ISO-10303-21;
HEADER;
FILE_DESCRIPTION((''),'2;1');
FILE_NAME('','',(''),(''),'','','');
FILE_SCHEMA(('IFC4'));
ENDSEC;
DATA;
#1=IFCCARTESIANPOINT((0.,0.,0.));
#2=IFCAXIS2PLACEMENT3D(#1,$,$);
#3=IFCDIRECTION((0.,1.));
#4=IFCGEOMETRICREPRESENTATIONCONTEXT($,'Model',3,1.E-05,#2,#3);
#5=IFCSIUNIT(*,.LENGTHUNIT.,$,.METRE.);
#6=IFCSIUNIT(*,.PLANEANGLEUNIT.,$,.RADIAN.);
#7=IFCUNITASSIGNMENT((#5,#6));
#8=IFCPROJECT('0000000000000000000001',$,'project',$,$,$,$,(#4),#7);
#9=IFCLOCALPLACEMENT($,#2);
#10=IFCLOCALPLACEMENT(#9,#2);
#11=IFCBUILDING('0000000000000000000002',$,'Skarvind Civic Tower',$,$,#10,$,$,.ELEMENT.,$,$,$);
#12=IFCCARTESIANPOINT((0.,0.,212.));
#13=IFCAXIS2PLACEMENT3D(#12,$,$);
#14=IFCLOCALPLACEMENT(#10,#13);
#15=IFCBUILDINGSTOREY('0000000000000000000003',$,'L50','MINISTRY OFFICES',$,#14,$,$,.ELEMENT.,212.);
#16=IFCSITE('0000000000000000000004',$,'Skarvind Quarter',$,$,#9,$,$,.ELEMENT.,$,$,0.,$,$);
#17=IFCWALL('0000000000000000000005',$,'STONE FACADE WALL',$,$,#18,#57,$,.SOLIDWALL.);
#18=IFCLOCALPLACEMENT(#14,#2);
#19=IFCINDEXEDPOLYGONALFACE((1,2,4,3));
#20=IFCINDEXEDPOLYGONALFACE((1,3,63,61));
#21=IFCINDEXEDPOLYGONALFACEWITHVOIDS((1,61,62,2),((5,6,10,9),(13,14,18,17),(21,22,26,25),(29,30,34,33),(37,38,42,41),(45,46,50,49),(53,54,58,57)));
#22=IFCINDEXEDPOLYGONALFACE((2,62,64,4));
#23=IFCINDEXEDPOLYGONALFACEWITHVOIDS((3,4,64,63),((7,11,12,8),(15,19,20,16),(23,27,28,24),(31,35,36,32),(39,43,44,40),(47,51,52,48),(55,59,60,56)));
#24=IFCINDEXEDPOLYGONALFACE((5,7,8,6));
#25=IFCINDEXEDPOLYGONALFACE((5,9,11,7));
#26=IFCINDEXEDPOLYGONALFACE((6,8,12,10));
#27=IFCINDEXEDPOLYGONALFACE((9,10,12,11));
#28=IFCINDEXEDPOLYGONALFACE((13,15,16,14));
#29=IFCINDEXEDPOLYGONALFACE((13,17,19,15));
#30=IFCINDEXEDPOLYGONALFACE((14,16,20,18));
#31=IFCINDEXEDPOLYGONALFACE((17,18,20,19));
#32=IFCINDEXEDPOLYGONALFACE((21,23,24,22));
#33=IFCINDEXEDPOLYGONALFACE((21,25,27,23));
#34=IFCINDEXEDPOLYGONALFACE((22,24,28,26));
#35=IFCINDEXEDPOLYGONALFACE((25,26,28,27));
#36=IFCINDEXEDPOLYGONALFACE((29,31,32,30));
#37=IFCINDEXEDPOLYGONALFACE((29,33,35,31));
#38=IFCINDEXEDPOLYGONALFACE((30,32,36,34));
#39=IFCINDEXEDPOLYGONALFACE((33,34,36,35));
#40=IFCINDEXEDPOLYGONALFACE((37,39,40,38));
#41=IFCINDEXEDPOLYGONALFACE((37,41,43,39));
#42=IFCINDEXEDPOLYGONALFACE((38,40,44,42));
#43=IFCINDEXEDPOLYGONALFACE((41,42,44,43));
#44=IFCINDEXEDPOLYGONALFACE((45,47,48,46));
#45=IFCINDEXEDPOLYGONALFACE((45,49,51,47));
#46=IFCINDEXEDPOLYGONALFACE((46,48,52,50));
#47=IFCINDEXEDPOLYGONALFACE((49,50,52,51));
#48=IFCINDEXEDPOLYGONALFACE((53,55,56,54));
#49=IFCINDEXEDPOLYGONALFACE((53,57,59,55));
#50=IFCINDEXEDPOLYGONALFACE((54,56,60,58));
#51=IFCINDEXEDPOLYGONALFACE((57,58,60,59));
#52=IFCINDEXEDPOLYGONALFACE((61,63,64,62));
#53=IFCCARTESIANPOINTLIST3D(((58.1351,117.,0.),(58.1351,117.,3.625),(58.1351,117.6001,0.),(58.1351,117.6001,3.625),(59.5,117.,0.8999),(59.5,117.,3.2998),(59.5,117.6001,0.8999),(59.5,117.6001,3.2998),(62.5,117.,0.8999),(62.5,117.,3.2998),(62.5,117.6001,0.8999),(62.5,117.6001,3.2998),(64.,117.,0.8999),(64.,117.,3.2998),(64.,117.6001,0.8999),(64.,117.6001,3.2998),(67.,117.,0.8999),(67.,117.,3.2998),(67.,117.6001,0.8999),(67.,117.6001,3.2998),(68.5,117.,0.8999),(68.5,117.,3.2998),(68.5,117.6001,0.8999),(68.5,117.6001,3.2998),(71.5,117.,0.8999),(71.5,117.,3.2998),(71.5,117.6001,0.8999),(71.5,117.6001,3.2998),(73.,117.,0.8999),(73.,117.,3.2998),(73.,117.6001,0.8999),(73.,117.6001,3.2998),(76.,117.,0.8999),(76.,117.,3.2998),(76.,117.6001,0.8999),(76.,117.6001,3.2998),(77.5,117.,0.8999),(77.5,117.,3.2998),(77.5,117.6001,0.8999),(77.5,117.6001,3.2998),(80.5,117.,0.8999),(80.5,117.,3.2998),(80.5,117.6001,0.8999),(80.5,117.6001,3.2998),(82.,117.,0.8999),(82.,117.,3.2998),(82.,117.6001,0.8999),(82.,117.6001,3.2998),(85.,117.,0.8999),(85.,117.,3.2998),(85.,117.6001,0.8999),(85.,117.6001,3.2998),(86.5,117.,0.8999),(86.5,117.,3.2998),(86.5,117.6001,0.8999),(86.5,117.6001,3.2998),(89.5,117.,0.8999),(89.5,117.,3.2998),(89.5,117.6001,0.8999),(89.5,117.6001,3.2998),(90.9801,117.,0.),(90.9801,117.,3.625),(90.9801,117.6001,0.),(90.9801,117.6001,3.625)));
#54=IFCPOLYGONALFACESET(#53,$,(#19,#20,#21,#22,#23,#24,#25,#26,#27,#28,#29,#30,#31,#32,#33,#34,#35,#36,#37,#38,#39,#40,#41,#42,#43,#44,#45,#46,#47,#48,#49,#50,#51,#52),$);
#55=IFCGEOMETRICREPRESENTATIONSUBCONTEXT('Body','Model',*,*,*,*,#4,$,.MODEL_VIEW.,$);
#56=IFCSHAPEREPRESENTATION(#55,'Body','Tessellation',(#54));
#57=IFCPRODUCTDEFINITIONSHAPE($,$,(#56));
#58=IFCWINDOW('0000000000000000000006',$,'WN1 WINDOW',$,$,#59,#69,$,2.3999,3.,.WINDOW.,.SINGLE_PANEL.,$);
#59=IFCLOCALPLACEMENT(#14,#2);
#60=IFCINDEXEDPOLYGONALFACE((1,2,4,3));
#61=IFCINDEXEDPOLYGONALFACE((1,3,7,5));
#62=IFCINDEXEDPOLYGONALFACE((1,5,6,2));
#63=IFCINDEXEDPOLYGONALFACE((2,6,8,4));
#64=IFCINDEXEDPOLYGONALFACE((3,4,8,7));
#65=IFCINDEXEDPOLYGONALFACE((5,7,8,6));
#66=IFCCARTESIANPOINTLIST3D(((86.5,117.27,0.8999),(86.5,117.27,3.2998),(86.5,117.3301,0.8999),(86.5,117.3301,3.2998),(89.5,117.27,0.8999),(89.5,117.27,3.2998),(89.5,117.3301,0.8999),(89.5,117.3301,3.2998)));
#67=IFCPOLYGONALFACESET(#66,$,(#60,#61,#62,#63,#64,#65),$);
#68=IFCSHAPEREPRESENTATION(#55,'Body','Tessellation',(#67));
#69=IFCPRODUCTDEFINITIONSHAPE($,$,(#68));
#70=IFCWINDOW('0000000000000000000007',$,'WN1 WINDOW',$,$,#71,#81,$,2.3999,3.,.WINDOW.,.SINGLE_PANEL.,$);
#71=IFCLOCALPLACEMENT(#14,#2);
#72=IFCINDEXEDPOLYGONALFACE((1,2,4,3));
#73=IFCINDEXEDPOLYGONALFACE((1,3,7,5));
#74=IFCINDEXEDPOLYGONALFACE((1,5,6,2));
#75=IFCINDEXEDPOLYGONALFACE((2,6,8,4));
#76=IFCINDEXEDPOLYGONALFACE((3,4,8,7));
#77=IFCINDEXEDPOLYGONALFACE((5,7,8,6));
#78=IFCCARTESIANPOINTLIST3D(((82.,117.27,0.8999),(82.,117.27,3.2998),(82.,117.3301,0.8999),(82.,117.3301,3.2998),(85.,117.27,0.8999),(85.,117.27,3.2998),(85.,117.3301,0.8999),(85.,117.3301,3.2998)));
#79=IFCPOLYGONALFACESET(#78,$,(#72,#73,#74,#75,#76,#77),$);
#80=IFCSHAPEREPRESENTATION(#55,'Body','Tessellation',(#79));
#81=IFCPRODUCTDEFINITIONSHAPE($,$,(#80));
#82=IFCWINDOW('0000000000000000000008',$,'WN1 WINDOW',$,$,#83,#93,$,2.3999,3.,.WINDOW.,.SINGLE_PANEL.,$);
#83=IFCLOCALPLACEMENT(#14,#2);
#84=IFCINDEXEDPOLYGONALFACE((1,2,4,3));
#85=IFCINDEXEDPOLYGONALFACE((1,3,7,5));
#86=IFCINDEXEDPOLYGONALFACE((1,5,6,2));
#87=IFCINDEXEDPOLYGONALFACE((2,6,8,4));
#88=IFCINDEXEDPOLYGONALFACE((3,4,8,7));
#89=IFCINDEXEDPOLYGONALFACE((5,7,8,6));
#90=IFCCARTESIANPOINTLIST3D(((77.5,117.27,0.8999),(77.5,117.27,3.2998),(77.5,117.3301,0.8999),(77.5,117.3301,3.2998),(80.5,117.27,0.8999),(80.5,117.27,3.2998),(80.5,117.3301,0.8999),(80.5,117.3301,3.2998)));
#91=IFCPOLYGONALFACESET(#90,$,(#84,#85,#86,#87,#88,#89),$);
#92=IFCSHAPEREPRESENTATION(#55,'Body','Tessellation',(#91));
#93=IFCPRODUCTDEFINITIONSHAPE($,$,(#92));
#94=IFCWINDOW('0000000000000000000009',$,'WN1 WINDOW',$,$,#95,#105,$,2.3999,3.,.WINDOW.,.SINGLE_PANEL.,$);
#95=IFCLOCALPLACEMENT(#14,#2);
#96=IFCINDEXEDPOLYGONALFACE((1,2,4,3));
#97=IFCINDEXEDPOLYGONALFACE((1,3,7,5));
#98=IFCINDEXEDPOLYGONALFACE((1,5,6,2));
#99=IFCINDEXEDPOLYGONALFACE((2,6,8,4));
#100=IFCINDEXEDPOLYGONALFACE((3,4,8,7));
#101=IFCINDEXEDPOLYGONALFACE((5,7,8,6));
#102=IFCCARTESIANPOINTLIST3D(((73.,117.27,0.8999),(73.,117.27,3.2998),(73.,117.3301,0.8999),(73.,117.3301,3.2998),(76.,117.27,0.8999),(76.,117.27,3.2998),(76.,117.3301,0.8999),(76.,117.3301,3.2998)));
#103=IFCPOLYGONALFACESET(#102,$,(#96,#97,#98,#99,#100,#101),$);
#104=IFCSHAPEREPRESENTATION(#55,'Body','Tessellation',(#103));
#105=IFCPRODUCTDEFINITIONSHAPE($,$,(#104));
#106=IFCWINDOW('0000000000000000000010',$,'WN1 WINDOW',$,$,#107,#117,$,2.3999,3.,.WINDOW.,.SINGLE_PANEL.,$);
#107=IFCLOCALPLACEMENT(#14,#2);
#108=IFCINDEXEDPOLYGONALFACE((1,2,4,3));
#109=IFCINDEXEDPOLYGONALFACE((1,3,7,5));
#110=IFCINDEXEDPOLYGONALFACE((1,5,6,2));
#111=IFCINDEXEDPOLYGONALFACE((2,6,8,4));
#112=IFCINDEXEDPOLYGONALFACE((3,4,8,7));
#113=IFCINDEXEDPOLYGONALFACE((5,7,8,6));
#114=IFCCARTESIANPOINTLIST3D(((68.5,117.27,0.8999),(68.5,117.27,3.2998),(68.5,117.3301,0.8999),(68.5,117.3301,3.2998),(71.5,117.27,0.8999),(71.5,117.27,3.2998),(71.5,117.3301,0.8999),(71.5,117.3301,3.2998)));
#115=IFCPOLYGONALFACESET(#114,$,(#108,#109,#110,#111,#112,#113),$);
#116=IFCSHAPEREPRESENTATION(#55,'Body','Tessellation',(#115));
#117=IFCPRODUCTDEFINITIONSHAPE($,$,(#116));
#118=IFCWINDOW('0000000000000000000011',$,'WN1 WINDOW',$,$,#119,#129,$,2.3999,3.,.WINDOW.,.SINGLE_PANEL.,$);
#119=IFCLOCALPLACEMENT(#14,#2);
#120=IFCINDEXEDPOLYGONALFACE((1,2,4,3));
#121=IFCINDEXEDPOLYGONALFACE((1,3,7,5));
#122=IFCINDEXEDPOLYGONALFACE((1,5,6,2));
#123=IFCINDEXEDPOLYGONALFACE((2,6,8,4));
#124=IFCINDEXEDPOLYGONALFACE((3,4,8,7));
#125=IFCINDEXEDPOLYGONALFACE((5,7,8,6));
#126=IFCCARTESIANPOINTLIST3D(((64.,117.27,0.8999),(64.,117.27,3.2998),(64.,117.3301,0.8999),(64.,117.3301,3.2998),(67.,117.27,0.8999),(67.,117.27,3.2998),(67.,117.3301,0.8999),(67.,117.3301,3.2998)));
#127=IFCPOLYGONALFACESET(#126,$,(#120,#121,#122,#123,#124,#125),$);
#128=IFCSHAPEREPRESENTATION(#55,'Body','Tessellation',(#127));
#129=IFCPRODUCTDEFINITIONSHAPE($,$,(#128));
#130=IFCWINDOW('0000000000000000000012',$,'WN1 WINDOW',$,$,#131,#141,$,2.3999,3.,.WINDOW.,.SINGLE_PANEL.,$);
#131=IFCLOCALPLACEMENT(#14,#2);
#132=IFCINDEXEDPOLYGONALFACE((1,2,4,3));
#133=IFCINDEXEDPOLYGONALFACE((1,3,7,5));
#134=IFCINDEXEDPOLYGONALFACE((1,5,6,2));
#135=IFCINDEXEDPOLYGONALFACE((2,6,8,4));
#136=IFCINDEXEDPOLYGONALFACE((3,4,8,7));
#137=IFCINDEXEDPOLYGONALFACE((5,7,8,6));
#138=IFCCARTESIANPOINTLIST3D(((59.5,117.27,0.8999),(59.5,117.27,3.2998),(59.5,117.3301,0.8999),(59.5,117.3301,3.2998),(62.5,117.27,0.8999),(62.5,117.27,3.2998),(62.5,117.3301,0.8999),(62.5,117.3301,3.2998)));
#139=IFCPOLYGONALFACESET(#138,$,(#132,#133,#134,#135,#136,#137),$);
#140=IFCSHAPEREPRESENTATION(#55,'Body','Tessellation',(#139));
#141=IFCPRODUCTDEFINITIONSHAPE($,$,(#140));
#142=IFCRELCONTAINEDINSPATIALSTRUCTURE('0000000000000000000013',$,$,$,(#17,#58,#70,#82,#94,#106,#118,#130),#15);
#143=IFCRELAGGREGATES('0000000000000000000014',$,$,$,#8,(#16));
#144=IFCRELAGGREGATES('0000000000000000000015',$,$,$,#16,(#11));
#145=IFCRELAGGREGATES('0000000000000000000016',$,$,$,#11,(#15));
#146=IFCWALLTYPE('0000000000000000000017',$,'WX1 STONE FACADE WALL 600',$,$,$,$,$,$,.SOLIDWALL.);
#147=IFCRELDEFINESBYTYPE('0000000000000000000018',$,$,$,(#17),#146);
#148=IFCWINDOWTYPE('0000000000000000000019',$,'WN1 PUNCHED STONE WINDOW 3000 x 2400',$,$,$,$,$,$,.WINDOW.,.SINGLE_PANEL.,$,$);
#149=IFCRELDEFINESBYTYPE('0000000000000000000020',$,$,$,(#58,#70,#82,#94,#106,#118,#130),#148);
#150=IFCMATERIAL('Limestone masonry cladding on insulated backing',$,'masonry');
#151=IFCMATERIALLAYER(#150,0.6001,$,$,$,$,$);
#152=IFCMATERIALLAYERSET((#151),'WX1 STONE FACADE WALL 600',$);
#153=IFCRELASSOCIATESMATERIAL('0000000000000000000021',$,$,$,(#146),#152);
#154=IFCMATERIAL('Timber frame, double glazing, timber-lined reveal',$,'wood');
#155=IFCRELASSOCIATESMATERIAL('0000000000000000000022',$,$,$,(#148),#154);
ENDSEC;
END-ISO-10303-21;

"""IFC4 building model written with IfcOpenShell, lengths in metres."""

from ifc_helpers import new_model, si_unit, direction, frame, frame_2d, origin, place, context, subcontext, project, spatial, rectangle, extrude, material, layer, layer_set, type_object, element, fill, save


model = new_model("IFC4")

# Units and contexts
model_context = context("Model", 3, precision=1e-05, world=origin(), true_north=direction((0.0, 1.0)))
body_context = subcontext(model_context, "Body", "Model", "MODEL_VIEW")
ifc_project = project(units=[si_unit("LENGTHUNIT", "METRE"), si_unit("PLANEANGLEUNIT", "RADIAN")], contexts=[model_context])

# Site, building, storey
site_placement = place(None, origin())
site = spatial("IfcSite", under=ifc_project, at=site_placement, Name="Skarvind Quarter", CompositionType="ELEMENT", RefElevation=0.0)
building_placement = place(site_placement, origin())
building = spatial("IfcBuilding", under=site, at=building_placement, Name="Skarvind Civic Tower", CompositionType="ELEMENT")
storey_placement = place(building_placement, frame((0.0, 0.0, 212.0)))
storey = spatial("IfcBuildingStorey", under=building, at=storey_placement, Name="L50", Description="MINISTRY OFFICES", CompositionType="ELEMENT", Elevation=212.0)

# Wall, openings, windows
ifc_material_1 = material(Name="Limestone masonry cladding on insulated backing", Category="masonry")
ifc_layer_1 = layer(ifc_material_1, 0.6001)
ifc_layer_set_1 = layer_set([ifc_layer_1], Name="WX1 STONE FACADE WALL 600")
wall_type_1 = type_object("IfcWallType", Name="WX1 STONE FACADE WALL 600", PredefinedType="SOLIDWALL", material=ifc_layer_set_1)
wall_1_placement = place(storey_placement, frame((90.98, 117.3, 0.0), z_axis=(0.0, 0.0, 1.0), x_axis=(-1.0, 0.0, 0.0)))
wall_1 = element("IfcWall", 1, at=wall_1_placement, inside=storey, type_object=wall_type_1, Name="STONE FACADE WALL", PredefinedType="SOLIDWALL", context=body_context, shape_type="SweptSolid", body=[
    extrude(rectangle(XDim=32.845, YDim=0.6001, at=frame_2d((16.4224, 0.0))), origin(), (0.0, 0.0, 1.0), 3.625),
])
opening_1_placement = place(wall_1_placement, frame((1.48, 0.0, 0.8999)))
opening_1 = element("IfcOpeningElement", 2, at=opening_1_placement, cuts=wall_1, PredefinedType="OPENING", context=body_context, shape_type="SweptSolid", body=[
    extrude(rectangle(XDim=3.0, YDim=2.3999, at=frame_2d((1.5, 1.2))), frame((0.0, 0.3101, 0.0), z_axis=(0.0, -1.0, 0.0), x_axis=(1.0, 0.0, 0.0)), (0.0, 0.0, 1.0), 0.6201),
])
opening_2_placement = place(wall_1_placement, frame((5.98, 0.0, 0.8999)))
opening_2 = element("IfcOpeningElement", 3, at=opening_2_placement, cuts=wall_1, PredefinedType="OPENING", context=body_context, shape_type="SweptSolid", body=[
    extrude(rectangle(XDim=3.0, YDim=2.3999, at=frame_2d((1.5, 1.2))), frame((0.0, 0.3101, 0.0), z_axis=(0.0, -1.0, 0.0), x_axis=(1.0, 0.0, 0.0)), (0.0, 0.0, 1.0), 0.6201),
])
opening_3_placement = place(wall_1_placement, frame((10.48, 0.0, 0.8999)))
opening_3 = element("IfcOpeningElement", 4, at=opening_3_placement, cuts=wall_1, PredefinedType="OPENING", context=body_context, shape_type="SweptSolid", body=[
    extrude(rectangle(XDim=3.0, YDim=2.3999, at=frame_2d((1.5, 1.2))), frame((0.0, 0.3101, 0.0), z_axis=(0.0, -1.0, 0.0), x_axis=(1.0, 0.0, 0.0)), (0.0, 0.0, 1.0), 0.6201),
])
opening_4_placement = place(wall_1_placement, frame((14.98, 0.0, 0.8999)))
opening_4 = element("IfcOpeningElement", 5, at=opening_4_placement, cuts=wall_1, PredefinedType="OPENING", context=body_context, shape_type="SweptSolid", body=[
    extrude(rectangle(XDim=3.0, YDim=2.3999, at=frame_2d((1.5, 1.2))), frame((0.0, 0.3101, 0.0), z_axis=(0.0, -1.0, 0.0), x_axis=(1.0, 0.0, 0.0)), (0.0, 0.0, 1.0), 0.6201),
])
opening_5_placement = place(wall_1_placement, frame((19.48, 0.0, 0.8999)))
opening_5 = element("IfcOpeningElement", 6, at=opening_5_placement, cuts=wall_1, PredefinedType="OPENING", context=body_context, shape_type="SweptSolid", body=[
    extrude(rectangle(XDim=3.0, YDim=2.3999, at=frame_2d((1.5, 1.2))), frame((0.0, 0.3101, 0.0), z_axis=(0.0, -1.0, 0.0), x_axis=(1.0, 0.0, 0.0)), (0.0, 0.0, 1.0), 0.6201),
])
opening_6_placement = place(wall_1_placement, frame((23.98, 0.0, 0.8999)))
opening_6 = element("IfcOpeningElement", 7, at=opening_6_placement, cuts=wall_1, PredefinedType="OPENING", context=body_context, shape_type="SweptSolid", body=[
    extrude(rectangle(XDim=3.0, YDim=2.3999, at=frame_2d((1.5, 1.2))), frame((0.0, 0.3101, 0.0), z_axis=(0.0, -1.0, 0.0), x_axis=(1.0, 0.0, 0.0)), (0.0, 0.0, 1.0), 0.6201),
])
opening_7_placement = place(wall_1_placement, frame((28.48, 0.0, 0.8999)))
opening_7 = element("IfcOpeningElement", 8, at=opening_7_placement, cuts=wall_1, PredefinedType="OPENING", context=body_context, shape_type="SweptSolid", body=[
    extrude(rectangle(XDim=3.0, YDim=2.3999, at=frame_2d((1.5, 1.2))), frame((0.0, 0.3101, 0.0), z_axis=(0.0, -1.0, 0.0), x_axis=(1.0, 0.0, 0.0)), (0.0, 0.0, 1.0), 0.6201),
])
ifc_material_2 = material(Name="Timber frame, double glazing, timber-lined reveal", Category="wood")
window_type = type_object("IfcWindowType", Name="WN1 PUNCHED STONE WINDOW 3000 x 2400", PartitioningType="SINGLE_PANEL", PredefinedType="WINDOW", material=ifc_material_2)
window_1_placement = place(opening_1_placement, origin())
window_1 = element("IfcWindow", 9, at=window_1_placement, inside=storey, type_object=window_type, Name="WN1 WINDOW", OverallHeight=2.3999, OverallWidth=3.0, PartitioningType="SINGLE_PANEL", PredefinedType="WINDOW", context=body_context, shape_type="SweptSolid", body=[
    extrude(rectangle(XDim=3.0, YDim=2.3999, at=frame_2d((1.5, 1.2))), frame((0.0, 0.03, 0.0), z_axis=(0.0, -1.0, 0.0), x_axis=(1.0, 0.0, 0.0)), (0.0, 0.0, 1.0), 0.0601),
])
fill(opening_1, window_1)
window_2_placement = place(opening_2_placement, origin())
window_2 = element("IfcWindow", 10, at=window_2_placement, inside=storey, type_object=window_type, Name="WN1 WINDOW", OverallHeight=2.3999, OverallWidth=3.0, PartitioningType="SINGLE_PANEL", PredefinedType="WINDOW", context=body_context, shape_type="SweptSolid", body=[
    extrude(rectangle(XDim=3.0, YDim=2.3999, at=frame_2d((1.5, 1.2))), frame((0.0, 0.03, 0.0), z_axis=(0.0, -1.0, 0.0), x_axis=(1.0, 0.0, 0.0)), (0.0, 0.0, 1.0), 0.0601),
])
fill(opening_2, window_2)
window_3_placement = place(opening_3_placement, origin())
window_3 = element("IfcWindow", 11, at=window_3_placement, inside=storey, type_object=window_type, Name="WN1 WINDOW", OverallHeight=2.3999, OverallWidth=3.0, PartitioningType="SINGLE_PANEL", PredefinedType="WINDOW", context=body_context, shape_type="SweptSolid", body=[
    extrude(rectangle(XDim=3.0, YDim=2.3999, at=frame_2d((1.5, 1.2))), frame((0.0, 0.03, 0.0), z_axis=(0.0, -1.0, 0.0), x_axis=(1.0, 0.0, 0.0)), (0.0, 0.0, 1.0), 0.0601),
])
fill(opening_3, window_3)
window_4_placement = place(opening_4_placement, origin())
window_4 = element("IfcWindow", 12, at=window_4_placement, inside=storey, type_object=window_type, Name="WN1 WINDOW", OverallHeight=2.3999, OverallWidth=3.0, PartitioningType="SINGLE_PANEL", PredefinedType="WINDOW", context=body_context, shape_type="SweptSolid", body=[
    extrude(rectangle(XDim=3.0, YDim=2.3999, at=frame_2d((1.5, 1.2))), frame((0.0, 0.03, 0.0), z_axis=(0.0, -1.0, 0.0), x_axis=(1.0, 0.0, 0.0)), (0.0, 0.0, 1.0), 0.0601),
])
fill(opening_4, window_4)
window_5_placement = place(opening_5_placement, origin())
window_5 = element("IfcWindow", 13, at=window_5_placement, inside=storey, type_object=window_type, Name="WN1 WINDOW", OverallHeight=2.3999, OverallWidth=3.0, PartitioningType="SINGLE_PANEL", PredefinedType="WINDOW", context=body_context, shape_type="SweptSolid", body=[
    extrude(rectangle(XDim=3.0, YDim=2.3999, at=frame_2d((1.5, 1.2))), frame((0.0, 0.03, 0.0), z_axis=(0.0, -1.0, 0.0), x_axis=(1.0, 0.0, 0.0)), (0.0, 0.0, 1.0), 0.0601),
])
fill(opening_5, window_5)
window_6_placement = place(opening_6_placement, origin())
window_6 = element("IfcWindow", 14, at=window_6_placement, inside=storey, type_object=window_type, Name="WN1 WINDOW", OverallHeight=2.3999, OverallWidth=3.0, PartitioningType="SINGLE_PANEL", PredefinedType="WINDOW", context=body_context, shape_type="SweptSolid", body=[
    extrude(rectangle(XDim=3.0, YDim=2.3999, at=frame_2d((1.5, 1.2))), frame((0.0, 0.03, 0.0), z_axis=(0.0, -1.0, 0.0), x_axis=(1.0, 0.0, 0.0)), (0.0, 0.0, 1.0), 0.0601),
])
fill(opening_6, window_6)
window_7_placement = place(opening_7_placement, origin())
window_7 = element("IfcWindow", 15, at=window_7_placement, inside=storey, type_object=window_type, Name="WN1 WINDOW", OverallHeight=2.3999, OverallWidth=3.0, PartitioningType="SINGLE_PANEL", PredefinedType="WINDOW", context=body_context, shape_type="SweptSolid", body=[
    extrude(rectangle(XDim=3.0, YDim=2.3999, at=frame_2d((1.5, 1.2))), frame((0.0, 0.03, 0.0), z_axis=(0.0, -1.0, 0.0), x_axis=(1.0, 0.0, 0.0)), (0.0, 0.0, 1.0), 0.0601),
])
fill(opening_7, window_7)

save(model, "model.ifc")
